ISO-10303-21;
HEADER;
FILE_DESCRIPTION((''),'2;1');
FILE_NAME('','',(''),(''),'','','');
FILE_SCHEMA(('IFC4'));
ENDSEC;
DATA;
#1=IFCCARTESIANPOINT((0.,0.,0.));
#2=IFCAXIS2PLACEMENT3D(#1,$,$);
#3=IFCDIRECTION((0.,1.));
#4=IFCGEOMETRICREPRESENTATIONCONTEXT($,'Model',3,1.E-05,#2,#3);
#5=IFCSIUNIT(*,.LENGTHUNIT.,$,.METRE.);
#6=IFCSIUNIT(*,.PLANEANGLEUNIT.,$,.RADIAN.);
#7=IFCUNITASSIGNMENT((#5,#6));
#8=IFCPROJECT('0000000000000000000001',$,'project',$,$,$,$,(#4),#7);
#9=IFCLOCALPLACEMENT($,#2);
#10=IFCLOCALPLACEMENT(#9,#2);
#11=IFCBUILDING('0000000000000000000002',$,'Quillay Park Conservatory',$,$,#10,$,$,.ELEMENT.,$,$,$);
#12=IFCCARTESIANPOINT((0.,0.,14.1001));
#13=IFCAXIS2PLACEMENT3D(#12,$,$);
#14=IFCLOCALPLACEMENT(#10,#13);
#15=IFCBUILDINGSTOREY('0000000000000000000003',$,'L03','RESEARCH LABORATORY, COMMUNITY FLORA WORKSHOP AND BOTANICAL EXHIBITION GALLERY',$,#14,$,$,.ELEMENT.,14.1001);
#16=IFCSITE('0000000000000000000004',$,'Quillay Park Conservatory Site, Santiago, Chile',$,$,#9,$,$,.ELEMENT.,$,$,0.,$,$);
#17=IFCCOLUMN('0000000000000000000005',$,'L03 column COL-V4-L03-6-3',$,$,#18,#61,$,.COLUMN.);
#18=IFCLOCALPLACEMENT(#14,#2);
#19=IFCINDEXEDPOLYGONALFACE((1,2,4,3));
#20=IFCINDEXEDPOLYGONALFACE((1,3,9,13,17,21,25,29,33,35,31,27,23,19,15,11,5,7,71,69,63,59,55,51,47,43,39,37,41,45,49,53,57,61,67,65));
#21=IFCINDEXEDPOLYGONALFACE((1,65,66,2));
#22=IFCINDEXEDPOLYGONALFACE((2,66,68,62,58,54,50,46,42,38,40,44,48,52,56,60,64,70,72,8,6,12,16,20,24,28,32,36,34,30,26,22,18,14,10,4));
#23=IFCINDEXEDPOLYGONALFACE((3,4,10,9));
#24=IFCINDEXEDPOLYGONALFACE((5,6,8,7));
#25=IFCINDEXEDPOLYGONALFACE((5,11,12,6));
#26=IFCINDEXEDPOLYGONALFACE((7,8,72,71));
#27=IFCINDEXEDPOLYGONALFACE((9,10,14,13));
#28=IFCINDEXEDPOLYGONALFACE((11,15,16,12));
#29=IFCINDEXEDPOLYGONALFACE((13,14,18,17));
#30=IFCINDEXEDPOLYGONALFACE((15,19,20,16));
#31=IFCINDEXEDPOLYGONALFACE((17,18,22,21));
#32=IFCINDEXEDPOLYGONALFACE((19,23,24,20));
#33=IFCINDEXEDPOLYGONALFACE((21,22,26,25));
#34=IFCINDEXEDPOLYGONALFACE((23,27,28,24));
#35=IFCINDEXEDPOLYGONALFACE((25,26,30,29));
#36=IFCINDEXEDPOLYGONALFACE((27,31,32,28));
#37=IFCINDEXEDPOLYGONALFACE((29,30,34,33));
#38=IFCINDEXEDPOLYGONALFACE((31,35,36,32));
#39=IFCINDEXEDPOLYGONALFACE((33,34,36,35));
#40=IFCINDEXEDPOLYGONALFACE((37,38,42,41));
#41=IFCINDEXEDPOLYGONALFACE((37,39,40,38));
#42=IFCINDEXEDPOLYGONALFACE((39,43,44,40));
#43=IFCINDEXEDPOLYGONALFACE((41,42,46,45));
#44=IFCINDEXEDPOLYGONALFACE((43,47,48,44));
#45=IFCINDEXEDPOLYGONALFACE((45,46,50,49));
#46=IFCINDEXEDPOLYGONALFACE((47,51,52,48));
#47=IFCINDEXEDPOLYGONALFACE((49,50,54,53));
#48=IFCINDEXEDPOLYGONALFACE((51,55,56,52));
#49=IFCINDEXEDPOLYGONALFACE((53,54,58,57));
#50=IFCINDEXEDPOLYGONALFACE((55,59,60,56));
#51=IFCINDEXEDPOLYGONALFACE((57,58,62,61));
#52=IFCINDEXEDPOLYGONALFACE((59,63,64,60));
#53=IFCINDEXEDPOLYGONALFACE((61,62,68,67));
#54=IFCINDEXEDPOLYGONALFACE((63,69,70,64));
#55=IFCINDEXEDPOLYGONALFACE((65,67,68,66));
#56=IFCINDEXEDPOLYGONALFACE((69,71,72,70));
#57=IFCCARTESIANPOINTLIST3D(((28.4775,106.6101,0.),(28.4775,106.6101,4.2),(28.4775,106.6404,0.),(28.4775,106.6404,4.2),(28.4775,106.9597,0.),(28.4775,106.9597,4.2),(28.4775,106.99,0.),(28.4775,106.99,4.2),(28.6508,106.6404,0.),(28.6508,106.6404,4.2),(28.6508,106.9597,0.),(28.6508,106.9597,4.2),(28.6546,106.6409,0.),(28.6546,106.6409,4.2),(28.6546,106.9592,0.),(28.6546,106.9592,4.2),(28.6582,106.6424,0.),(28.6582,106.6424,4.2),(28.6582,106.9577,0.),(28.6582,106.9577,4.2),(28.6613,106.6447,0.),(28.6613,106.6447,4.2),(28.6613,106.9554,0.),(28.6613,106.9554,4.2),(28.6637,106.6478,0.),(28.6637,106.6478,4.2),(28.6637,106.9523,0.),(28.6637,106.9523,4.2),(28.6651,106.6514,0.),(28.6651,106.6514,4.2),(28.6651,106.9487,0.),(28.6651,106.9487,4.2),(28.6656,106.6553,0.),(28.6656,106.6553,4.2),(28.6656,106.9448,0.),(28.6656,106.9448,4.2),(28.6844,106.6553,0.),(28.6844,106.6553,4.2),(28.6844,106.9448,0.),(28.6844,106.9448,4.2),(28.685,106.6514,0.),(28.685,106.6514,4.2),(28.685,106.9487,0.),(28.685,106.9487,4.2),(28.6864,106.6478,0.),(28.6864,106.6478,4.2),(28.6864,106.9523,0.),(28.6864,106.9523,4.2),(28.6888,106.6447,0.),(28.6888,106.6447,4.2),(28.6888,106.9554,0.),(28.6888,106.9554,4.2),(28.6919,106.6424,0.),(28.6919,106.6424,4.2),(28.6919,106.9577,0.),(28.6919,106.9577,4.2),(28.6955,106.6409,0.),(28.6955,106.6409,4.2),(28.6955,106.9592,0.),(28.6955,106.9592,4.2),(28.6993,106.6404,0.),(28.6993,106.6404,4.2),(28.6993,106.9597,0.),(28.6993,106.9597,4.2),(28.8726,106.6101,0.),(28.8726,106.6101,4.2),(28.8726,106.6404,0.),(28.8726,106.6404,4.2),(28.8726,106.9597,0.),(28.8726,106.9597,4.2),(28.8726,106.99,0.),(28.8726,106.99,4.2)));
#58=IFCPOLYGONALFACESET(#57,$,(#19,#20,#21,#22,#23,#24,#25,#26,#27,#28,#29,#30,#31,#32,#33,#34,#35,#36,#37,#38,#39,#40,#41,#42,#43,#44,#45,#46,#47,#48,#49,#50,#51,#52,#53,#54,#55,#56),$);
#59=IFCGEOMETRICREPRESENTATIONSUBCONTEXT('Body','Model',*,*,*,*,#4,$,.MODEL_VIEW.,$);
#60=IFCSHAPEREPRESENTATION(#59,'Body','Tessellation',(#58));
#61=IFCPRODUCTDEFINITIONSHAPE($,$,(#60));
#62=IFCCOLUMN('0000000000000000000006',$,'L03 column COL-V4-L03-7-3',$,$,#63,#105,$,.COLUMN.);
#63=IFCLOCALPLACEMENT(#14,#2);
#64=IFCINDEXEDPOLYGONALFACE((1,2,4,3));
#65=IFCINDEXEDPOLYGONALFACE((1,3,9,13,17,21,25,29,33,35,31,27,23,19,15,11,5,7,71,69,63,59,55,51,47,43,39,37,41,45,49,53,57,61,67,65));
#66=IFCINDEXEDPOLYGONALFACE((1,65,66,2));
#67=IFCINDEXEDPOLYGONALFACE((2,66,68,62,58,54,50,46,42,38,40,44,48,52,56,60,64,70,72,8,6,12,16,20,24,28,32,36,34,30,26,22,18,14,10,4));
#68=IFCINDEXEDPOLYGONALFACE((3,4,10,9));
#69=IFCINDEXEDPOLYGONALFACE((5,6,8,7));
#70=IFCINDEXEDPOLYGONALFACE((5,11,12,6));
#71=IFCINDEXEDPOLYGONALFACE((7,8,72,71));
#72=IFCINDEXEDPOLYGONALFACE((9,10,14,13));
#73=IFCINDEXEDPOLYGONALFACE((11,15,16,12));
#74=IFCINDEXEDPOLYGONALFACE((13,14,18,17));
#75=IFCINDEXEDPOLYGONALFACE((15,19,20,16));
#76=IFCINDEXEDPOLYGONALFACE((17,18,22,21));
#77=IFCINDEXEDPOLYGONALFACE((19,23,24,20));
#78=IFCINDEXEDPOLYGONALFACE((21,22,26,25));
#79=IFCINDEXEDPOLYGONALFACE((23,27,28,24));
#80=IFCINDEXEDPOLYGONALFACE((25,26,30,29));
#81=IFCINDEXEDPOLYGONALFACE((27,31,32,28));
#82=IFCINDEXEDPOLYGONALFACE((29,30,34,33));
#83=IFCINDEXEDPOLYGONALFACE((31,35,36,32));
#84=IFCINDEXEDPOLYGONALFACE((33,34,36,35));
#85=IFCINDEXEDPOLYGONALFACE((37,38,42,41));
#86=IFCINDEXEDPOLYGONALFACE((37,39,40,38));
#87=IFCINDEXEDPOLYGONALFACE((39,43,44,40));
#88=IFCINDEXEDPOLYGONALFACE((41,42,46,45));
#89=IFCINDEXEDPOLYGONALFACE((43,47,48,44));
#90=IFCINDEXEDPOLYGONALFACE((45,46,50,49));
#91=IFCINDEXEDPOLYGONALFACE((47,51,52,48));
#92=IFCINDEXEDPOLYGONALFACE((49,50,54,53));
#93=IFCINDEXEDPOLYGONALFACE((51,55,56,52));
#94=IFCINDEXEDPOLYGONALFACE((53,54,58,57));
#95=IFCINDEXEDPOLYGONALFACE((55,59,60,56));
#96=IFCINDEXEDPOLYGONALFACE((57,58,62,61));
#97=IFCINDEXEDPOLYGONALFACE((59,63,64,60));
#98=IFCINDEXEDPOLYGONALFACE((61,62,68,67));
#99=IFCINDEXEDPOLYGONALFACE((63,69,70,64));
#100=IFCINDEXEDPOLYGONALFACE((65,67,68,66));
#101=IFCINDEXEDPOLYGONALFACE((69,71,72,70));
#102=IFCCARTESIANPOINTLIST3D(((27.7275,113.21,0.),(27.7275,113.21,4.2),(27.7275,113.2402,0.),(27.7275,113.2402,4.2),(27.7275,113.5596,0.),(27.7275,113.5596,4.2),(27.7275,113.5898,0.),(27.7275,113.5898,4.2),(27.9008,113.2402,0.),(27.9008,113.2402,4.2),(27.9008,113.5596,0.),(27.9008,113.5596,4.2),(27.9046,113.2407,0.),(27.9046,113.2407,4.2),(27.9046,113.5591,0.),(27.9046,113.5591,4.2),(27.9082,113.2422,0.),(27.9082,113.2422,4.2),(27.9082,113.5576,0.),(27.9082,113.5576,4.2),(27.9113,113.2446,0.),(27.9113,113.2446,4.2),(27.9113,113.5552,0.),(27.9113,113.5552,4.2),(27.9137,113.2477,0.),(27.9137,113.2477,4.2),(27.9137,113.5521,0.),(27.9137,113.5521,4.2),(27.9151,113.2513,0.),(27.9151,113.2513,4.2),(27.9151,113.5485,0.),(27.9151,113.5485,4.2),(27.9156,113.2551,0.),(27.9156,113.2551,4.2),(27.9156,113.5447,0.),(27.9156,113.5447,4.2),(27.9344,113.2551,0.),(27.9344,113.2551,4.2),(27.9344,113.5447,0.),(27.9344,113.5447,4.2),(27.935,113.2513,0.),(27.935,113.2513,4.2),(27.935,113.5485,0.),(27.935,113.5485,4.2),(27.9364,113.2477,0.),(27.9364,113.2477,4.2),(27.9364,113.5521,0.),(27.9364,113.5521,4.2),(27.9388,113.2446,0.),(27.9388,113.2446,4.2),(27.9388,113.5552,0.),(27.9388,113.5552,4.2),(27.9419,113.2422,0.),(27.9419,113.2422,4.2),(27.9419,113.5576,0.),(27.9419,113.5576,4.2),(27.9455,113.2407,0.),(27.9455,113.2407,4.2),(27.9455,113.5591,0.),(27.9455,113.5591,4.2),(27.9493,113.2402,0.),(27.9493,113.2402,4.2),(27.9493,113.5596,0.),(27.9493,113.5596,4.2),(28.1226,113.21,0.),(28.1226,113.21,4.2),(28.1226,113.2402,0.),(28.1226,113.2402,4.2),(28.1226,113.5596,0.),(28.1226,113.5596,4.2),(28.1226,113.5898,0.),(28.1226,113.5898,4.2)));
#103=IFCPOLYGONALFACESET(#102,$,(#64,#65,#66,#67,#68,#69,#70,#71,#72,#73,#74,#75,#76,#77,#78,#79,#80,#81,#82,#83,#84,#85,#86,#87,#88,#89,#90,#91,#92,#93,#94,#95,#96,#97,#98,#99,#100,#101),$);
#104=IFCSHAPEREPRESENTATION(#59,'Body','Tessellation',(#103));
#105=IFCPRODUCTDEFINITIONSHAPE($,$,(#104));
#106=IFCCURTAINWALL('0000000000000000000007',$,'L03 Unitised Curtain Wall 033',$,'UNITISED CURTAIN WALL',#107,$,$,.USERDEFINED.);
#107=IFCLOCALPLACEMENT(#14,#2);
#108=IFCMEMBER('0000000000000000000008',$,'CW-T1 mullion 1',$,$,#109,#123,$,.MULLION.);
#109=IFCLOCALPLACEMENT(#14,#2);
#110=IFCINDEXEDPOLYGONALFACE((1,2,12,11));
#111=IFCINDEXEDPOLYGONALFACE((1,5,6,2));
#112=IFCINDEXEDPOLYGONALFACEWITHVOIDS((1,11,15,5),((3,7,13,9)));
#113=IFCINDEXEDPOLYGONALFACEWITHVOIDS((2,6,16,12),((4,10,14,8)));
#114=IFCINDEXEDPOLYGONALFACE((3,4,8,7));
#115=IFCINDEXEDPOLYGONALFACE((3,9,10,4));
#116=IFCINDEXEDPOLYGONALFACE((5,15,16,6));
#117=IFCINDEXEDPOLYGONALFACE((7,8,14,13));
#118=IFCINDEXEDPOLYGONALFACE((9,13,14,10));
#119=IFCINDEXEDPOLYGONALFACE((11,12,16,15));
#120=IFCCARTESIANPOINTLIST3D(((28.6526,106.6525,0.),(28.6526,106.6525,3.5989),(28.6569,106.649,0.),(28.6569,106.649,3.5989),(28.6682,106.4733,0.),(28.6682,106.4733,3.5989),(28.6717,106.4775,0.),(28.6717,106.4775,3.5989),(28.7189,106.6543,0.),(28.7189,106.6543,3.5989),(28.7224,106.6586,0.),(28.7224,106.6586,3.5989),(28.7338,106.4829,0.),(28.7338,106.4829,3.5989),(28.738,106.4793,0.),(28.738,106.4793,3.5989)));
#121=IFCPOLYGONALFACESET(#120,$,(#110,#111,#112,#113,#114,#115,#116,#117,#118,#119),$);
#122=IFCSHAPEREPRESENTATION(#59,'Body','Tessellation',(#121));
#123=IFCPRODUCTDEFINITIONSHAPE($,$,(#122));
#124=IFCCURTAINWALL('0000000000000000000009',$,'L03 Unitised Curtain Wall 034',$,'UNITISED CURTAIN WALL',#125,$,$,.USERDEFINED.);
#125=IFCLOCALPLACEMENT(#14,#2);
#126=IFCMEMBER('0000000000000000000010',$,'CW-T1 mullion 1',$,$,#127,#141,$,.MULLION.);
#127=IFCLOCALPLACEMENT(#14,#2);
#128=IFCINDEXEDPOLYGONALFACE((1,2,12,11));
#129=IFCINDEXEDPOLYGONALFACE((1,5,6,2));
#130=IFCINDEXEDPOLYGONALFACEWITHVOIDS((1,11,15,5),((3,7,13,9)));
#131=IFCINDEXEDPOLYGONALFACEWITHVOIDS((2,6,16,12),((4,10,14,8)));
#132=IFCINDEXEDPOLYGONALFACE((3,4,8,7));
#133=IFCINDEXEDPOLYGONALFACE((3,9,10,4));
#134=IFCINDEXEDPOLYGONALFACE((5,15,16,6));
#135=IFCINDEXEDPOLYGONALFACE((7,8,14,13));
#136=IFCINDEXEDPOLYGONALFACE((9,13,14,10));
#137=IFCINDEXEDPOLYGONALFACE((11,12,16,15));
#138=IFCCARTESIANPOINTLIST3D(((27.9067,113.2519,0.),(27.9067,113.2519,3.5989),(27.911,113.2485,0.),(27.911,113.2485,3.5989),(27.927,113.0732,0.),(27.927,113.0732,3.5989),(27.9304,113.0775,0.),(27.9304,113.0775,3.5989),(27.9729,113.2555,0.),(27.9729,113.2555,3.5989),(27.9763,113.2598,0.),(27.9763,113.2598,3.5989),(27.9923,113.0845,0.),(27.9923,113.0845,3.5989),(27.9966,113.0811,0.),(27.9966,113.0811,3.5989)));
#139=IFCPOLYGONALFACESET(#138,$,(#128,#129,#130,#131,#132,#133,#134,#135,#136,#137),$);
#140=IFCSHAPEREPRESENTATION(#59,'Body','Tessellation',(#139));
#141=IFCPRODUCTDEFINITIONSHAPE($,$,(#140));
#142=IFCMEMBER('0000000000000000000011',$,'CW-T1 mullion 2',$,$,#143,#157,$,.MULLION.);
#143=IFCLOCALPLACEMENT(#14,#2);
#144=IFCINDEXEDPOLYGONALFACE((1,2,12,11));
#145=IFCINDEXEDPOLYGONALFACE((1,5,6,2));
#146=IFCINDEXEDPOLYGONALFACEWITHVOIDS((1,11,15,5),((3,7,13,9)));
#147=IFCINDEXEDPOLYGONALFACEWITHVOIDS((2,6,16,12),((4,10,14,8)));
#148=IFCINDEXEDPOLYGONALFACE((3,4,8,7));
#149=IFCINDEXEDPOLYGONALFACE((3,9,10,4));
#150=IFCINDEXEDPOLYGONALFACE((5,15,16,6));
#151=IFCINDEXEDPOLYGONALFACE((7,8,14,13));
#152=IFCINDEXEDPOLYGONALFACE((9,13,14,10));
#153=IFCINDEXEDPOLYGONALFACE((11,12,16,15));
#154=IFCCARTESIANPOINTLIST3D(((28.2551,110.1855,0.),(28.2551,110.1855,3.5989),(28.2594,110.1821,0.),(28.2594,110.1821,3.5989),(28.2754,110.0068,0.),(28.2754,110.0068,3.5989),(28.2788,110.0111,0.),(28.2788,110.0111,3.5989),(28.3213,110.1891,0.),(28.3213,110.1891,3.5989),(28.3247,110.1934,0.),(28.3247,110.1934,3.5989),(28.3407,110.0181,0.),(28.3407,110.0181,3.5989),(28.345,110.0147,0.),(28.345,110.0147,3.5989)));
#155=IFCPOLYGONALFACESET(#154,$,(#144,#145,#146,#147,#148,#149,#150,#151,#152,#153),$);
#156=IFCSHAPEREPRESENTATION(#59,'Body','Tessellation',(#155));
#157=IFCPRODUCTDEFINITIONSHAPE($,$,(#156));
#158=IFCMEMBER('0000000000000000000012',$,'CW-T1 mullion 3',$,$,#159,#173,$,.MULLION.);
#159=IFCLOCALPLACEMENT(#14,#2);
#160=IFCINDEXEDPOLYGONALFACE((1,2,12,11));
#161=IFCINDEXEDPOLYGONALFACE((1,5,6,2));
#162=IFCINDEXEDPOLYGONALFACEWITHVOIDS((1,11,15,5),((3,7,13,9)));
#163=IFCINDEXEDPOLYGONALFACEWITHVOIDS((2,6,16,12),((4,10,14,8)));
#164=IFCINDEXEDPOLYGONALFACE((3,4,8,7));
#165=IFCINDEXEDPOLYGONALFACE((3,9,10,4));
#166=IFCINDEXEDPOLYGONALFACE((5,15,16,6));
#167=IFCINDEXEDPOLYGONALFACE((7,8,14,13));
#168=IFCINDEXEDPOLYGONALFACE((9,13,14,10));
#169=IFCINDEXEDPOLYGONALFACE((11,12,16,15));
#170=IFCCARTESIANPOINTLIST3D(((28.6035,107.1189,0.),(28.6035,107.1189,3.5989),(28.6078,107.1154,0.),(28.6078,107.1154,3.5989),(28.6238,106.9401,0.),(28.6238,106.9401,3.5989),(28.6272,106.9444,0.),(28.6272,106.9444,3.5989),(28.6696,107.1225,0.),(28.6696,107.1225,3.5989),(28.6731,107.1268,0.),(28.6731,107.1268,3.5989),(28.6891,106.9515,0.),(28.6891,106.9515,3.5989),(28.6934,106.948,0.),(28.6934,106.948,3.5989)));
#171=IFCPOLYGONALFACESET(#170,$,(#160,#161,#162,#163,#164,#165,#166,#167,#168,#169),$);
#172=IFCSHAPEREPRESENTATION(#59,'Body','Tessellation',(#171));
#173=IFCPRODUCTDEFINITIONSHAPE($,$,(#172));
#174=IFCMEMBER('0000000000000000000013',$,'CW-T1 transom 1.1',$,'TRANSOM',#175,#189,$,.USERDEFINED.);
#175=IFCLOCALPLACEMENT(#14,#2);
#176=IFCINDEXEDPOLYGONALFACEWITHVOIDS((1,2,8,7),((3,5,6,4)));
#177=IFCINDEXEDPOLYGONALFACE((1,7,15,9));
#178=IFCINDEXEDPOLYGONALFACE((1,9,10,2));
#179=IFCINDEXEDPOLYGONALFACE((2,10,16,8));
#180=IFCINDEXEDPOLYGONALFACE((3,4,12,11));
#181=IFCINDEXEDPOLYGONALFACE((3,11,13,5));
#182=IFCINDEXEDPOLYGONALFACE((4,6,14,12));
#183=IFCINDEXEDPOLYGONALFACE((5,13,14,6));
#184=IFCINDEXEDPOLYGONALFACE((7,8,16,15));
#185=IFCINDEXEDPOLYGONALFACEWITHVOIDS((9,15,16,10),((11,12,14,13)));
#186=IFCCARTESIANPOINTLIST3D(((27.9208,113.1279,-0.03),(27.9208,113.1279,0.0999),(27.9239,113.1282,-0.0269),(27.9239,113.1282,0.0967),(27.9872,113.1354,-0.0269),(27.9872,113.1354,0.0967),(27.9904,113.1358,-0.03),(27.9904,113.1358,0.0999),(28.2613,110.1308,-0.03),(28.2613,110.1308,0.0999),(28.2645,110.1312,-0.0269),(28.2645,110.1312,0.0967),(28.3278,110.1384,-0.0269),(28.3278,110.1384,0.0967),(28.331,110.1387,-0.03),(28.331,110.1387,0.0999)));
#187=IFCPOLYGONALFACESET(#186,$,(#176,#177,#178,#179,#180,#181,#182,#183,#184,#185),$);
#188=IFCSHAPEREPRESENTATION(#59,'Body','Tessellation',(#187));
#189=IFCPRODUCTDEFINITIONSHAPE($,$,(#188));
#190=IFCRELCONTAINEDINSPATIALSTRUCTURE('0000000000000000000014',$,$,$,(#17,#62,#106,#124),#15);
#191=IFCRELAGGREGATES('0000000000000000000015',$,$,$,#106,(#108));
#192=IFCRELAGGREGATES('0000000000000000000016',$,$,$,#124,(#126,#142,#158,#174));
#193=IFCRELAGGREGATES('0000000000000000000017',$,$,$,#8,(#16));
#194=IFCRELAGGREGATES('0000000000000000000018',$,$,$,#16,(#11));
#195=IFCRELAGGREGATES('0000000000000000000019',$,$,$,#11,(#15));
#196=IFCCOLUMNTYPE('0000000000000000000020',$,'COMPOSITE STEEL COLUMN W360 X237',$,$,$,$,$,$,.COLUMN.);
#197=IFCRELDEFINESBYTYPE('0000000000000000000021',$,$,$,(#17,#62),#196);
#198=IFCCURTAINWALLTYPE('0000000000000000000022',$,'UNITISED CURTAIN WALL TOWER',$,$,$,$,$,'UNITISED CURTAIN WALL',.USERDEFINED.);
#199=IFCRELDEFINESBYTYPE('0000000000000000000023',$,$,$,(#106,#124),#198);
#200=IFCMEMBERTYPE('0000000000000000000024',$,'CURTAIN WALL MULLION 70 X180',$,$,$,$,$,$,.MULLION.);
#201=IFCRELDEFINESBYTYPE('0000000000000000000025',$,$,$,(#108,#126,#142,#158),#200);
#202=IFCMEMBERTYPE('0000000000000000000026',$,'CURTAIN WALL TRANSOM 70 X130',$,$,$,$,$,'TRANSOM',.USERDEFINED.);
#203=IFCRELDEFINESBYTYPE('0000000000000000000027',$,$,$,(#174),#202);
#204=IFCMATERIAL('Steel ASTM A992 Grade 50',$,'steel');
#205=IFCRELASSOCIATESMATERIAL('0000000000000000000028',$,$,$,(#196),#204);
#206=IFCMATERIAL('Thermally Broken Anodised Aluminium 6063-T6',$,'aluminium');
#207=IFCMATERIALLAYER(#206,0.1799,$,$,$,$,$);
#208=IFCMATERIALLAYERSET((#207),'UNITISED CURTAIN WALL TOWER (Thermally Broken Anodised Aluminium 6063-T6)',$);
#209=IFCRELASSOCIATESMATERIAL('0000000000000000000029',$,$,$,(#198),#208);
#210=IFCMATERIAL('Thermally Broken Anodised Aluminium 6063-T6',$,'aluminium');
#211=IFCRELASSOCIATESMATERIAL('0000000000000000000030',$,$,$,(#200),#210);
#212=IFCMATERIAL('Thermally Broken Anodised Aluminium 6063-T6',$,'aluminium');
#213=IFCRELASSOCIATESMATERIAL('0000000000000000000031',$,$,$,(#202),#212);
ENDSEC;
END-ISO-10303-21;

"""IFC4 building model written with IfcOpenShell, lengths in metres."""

from ifc_helpers import new_model, si_unit, direction, frame, origin, origin_2d, place, context, subcontext, project, spatial, hollow_rectangle, i_section, extrude, material, layer, layer_set, material_profile, profile_set, type_object, element, aggregate, save


model = new_model("IFC4")

# Units and contexts
model_context = context("Model", 3, precision=1e-05, world=origin(), true_north=direction((0.0, 1.0)))
body_context = subcontext(model_context, "Body", "Model", "MODEL_VIEW")
ifc_project = project(units=[si_unit("LENGTHUNIT", "METRE"), si_unit("PLANEANGLEUNIT", "RADIAN")], contexts=[model_context])

# Site, building, storey
site_placement = place(None, origin())
site = spatial("IfcSite", under=ifc_project, at=site_placement, Name="Quillay Park Conservatory Site, Santiago, Chile", CompositionType="ELEMENT", RefElevation=0.0)
building_placement = place(site_placement, origin())
building = spatial("IfcBuilding", under=site, at=building_placement, Name="Quillay Park Conservatory", CompositionType="ELEMENT")
storey_placement = place(building_placement, frame((0.0, 0.0, 14.1001)))
storey = spatial("IfcBuildingStorey", under=building, at=storey_placement, Name="L03", Description="RESEARCH LABORATORY, COMMUNITY FLORA WORKSHOP AND BOTANICAL EXHIBITION GALLERY", CompositionType="ELEMENT", Elevation=14.1001)

# Columns
ifc_material_1 = material(Name="Steel ASTM A992 Grade 50", Category="steel")
ifc_material_profile_1 = material_profile(ifc_material_1, i_section(OverallWidth=0.395, OverallDepth=0.3799, WebThickness=0.0188, FlangeThickness=0.0303, FilletRadius=0.0149, at=origin_2d()), Name="W360x237")
ifc_profile_set_1 = profile_set([ifc_material_profile_1], Name="Steel ASTM A992 Grade 50")
column_type = type_object("IfcColumnType", Name="COMPOSITE STEEL COLUMN W360 X237", PredefinedType="COLUMN", material=ifc_profile_set_1)
for number, where, z_axis, x_axis, name in (
    (1, (28.675, 106.8, 0.0), (0.0, 0.0, 1.0), (1.0, 0.0, 0.0), "L03 column COL-V4-L03-6-3"),
    (2, (27.925, 113.3999, 0.0), (0.0, 0.0, 1.0), (1.0, 0.0, 0.0), "L03 column COL-V4-L03-7-3"),
):
    element("IfcColumn", number, at=place(storey_placement, frame(where, z_axis=z_axis, x_axis=x_axis)), inside=storey, type_object=column_type, Name=name, PredefinedType="COLUMN", context=body_context, shape_type="SweptSolid", body=[
        extrude(i_section(OverallWidth=0.395, OverallDepth=0.3799, WebThickness=0.0188, FlangeThickness=0.0303, FilletRadius=0.0149, at=origin_2d()), origin(), (0.0, 0.0, 1.0), 4.2),
    ])

# Curtain wall, member
ifc_material_2 = material(Name="Thermally Broken Anodised Aluminium 6063-T6", Category="aluminium")
ifc_layer_1 = layer(ifc_material_2, 0.1799)
ifc_layer_set_1 = layer_set([ifc_layer_1], Name="UNITISED CURTAIN WALL TOWER (Thermally Broken Anodised Aluminium 6063-T6)")
curtain_wall_type = type_object("IfcCurtainWallType", Name="UNITISED CURTAIN WALL TOWER", ElementType="UNITISED CURTAIN WALL", PredefinedType="USERDEFINED", material=ifc_layer_set_1)
curtain_wall_1_placement = place(storey_placement, origin())
curtain_wall_1 = element("IfcCurtainWall", 3, at=curtain_wall_1_placement, inside=storey, type_object=curtain_wall_type, Name="L03 Unitised Curtain Wall 033", ObjectType="UNITISED CURTAIN WALL", PredefinedType="USERDEFINED")
ifc_material_3 = material(Name="Thermally Broken Anodised Aluminium 6063-T6", Category="aluminium")
ifc_material_profile_2 = material_profile(ifc_material_3, hollow_rectangle(XDim=0.0701, YDim=0.1799, WallThickness=0.0039, at=origin_2d()), Name="AL70x180x4")
ifc_profile_set_2 = profile_set([ifc_material_profile_2], Name="Thermally Broken Anodised Aluminium 6063-T6")
member_type_1 = type_object("IfcMemberType", Name="CURTAIN WALL MULLION 70 X180", PredefinedType="MULLION", material=ifc_profile_set_2)
member_1_placement = place(storey_placement, frame((28.6953, 106.5659, 0.0), z_axis=(0.0, 0.0, 1.0), x_axis=(0.996254, 0.08648, 0.0)))
member_1 = element("IfcMember", 4, at=member_1_placement, type_object=member_type_1, Name="CW-T1 mullion 1", PredefinedType="MULLION", context=body_context, shape_type="SweptSolid", body=[
    extrude(hollow_rectangle(XDim=0.0701, YDim=0.1799, WallThickness=0.0039, at=origin_2d()), origin(), (0.0, 0.0, 1.0), 3.5989),
])
aggregate(curtain_wall_1, [member_1])

# Curtain wall, members
curtain_wall_2_placement = place(storey_placement, origin())
curtain_wall_2 = element("IfcCurtainWall", 5, at=curtain_wall_2_placement, inside=storey, type_object=curtain_wall_type, Name="L03 Unitised Curtain Wall 034", ObjectType="UNITISED CURTAIN WALL", PredefinedType="USERDEFINED")
member_2_placement = place(storey_placement, frame((27.9517, 113.1665, 0.0), z_axis=(0.0, 0.0, 1.0), x_axis=(0.993606, 0.112903, 0.0)))
member_2 = element("IfcMember", 6, at=member_2_placement, type_object=member_type_1, Name="CW-T1 mullion 1", PredefinedType="MULLION", context=body_context, shape_type="SweptSolid", body=[
    extrude(hollow_rectangle(XDim=0.0701, YDim=0.1799, WallThickness=0.0039, at=origin_2d()), origin(), (0.0, 0.0, 1.0), 3.5989),
])
member_3_placement = place(storey_placement, frame((28.3, 110.1001, 0.0), z_axis=(0.0, 0.0, 1.0), x_axis=(0.993606, 0.112903, 0.0)))
member_3 = element("IfcMember", 7, at=member_3_placement, type_object=member_type_1, Name="CW-T1 mullion 2", PredefinedType="MULLION", context=body_context, shape_type="SweptSolid", body=[
    extrude(hollow_rectangle(XDim=0.0701, YDim=0.1799, WallThickness=0.0039, at=origin_2d()), origin(), (0.0, 0.0, 1.0), 3.5989),
])
member_4_placement = place(storey_placement, frame((28.6484, 107.0334, 0.0), z_axis=(0.0, 0.0, 1.0), x_axis=(0.993606, 0.112903, 0.0)))
member_4 = element("IfcMember", 8, at=member_4_placement, type_object=member_type_1, Name="CW-T1 mullion 3", PredefinedType="MULLION", context=body_context, shape_type="SweptSolid", body=[
    extrude(hollow_rectangle(XDim=0.0701, YDim=0.1799, WallThickness=0.0039, at=origin_2d()), origin(), (0.0, 0.0, 1.0), 3.5989),
])
ifc_material_4 = material(Name="Thermally Broken Anodised Aluminium 6063-T6", Category="aluminium")
ifc_material_profile_3 = material_profile(ifc_material_4, hollow_rectangle(XDim=0.0701, YDim=0.1299, WallThickness=0.0032, at=origin_2d()), Name="AL70x130x3.2")
ifc_profile_set_3 = profile_set([ifc_material_profile_3], Name="Thermally Broken Anodised Aluminium 6063-T6")
member_type_2 = type_object("IfcMemberType", Name="CURTAIN WALL TRANSOM 70 X130", ElementType="TRANSOM", PredefinedType="USERDEFINED", material=ifc_profile_set_3)
member_5_placement = place(storey_placement, frame((27.9556, 113.1318, 0.0349), z_axis=(0.11291, -0.993605, 0.0), x_axis=(0.993605, 0.11291, 0.0)))
member_5 = element("IfcMember", 9, at=member_5_placement, type_object=member_type_2, Name="CW-T1 transom 1.1", ObjectType="TRANSOM", PredefinedType="USERDEFINED", context=body_context, shape_type="SweptSolid", body=[
    extrude(hollow_rectangle(XDim=0.0701, YDim=0.1299, WallThickness=0.0032, at=origin_2d()), origin(), (0.0, 0.0, 1.0), 3.0164),
])

aggregate(curtain_wall_2, [member_2, member_3, member_4, member_5])

save(model, "model.ifc")
